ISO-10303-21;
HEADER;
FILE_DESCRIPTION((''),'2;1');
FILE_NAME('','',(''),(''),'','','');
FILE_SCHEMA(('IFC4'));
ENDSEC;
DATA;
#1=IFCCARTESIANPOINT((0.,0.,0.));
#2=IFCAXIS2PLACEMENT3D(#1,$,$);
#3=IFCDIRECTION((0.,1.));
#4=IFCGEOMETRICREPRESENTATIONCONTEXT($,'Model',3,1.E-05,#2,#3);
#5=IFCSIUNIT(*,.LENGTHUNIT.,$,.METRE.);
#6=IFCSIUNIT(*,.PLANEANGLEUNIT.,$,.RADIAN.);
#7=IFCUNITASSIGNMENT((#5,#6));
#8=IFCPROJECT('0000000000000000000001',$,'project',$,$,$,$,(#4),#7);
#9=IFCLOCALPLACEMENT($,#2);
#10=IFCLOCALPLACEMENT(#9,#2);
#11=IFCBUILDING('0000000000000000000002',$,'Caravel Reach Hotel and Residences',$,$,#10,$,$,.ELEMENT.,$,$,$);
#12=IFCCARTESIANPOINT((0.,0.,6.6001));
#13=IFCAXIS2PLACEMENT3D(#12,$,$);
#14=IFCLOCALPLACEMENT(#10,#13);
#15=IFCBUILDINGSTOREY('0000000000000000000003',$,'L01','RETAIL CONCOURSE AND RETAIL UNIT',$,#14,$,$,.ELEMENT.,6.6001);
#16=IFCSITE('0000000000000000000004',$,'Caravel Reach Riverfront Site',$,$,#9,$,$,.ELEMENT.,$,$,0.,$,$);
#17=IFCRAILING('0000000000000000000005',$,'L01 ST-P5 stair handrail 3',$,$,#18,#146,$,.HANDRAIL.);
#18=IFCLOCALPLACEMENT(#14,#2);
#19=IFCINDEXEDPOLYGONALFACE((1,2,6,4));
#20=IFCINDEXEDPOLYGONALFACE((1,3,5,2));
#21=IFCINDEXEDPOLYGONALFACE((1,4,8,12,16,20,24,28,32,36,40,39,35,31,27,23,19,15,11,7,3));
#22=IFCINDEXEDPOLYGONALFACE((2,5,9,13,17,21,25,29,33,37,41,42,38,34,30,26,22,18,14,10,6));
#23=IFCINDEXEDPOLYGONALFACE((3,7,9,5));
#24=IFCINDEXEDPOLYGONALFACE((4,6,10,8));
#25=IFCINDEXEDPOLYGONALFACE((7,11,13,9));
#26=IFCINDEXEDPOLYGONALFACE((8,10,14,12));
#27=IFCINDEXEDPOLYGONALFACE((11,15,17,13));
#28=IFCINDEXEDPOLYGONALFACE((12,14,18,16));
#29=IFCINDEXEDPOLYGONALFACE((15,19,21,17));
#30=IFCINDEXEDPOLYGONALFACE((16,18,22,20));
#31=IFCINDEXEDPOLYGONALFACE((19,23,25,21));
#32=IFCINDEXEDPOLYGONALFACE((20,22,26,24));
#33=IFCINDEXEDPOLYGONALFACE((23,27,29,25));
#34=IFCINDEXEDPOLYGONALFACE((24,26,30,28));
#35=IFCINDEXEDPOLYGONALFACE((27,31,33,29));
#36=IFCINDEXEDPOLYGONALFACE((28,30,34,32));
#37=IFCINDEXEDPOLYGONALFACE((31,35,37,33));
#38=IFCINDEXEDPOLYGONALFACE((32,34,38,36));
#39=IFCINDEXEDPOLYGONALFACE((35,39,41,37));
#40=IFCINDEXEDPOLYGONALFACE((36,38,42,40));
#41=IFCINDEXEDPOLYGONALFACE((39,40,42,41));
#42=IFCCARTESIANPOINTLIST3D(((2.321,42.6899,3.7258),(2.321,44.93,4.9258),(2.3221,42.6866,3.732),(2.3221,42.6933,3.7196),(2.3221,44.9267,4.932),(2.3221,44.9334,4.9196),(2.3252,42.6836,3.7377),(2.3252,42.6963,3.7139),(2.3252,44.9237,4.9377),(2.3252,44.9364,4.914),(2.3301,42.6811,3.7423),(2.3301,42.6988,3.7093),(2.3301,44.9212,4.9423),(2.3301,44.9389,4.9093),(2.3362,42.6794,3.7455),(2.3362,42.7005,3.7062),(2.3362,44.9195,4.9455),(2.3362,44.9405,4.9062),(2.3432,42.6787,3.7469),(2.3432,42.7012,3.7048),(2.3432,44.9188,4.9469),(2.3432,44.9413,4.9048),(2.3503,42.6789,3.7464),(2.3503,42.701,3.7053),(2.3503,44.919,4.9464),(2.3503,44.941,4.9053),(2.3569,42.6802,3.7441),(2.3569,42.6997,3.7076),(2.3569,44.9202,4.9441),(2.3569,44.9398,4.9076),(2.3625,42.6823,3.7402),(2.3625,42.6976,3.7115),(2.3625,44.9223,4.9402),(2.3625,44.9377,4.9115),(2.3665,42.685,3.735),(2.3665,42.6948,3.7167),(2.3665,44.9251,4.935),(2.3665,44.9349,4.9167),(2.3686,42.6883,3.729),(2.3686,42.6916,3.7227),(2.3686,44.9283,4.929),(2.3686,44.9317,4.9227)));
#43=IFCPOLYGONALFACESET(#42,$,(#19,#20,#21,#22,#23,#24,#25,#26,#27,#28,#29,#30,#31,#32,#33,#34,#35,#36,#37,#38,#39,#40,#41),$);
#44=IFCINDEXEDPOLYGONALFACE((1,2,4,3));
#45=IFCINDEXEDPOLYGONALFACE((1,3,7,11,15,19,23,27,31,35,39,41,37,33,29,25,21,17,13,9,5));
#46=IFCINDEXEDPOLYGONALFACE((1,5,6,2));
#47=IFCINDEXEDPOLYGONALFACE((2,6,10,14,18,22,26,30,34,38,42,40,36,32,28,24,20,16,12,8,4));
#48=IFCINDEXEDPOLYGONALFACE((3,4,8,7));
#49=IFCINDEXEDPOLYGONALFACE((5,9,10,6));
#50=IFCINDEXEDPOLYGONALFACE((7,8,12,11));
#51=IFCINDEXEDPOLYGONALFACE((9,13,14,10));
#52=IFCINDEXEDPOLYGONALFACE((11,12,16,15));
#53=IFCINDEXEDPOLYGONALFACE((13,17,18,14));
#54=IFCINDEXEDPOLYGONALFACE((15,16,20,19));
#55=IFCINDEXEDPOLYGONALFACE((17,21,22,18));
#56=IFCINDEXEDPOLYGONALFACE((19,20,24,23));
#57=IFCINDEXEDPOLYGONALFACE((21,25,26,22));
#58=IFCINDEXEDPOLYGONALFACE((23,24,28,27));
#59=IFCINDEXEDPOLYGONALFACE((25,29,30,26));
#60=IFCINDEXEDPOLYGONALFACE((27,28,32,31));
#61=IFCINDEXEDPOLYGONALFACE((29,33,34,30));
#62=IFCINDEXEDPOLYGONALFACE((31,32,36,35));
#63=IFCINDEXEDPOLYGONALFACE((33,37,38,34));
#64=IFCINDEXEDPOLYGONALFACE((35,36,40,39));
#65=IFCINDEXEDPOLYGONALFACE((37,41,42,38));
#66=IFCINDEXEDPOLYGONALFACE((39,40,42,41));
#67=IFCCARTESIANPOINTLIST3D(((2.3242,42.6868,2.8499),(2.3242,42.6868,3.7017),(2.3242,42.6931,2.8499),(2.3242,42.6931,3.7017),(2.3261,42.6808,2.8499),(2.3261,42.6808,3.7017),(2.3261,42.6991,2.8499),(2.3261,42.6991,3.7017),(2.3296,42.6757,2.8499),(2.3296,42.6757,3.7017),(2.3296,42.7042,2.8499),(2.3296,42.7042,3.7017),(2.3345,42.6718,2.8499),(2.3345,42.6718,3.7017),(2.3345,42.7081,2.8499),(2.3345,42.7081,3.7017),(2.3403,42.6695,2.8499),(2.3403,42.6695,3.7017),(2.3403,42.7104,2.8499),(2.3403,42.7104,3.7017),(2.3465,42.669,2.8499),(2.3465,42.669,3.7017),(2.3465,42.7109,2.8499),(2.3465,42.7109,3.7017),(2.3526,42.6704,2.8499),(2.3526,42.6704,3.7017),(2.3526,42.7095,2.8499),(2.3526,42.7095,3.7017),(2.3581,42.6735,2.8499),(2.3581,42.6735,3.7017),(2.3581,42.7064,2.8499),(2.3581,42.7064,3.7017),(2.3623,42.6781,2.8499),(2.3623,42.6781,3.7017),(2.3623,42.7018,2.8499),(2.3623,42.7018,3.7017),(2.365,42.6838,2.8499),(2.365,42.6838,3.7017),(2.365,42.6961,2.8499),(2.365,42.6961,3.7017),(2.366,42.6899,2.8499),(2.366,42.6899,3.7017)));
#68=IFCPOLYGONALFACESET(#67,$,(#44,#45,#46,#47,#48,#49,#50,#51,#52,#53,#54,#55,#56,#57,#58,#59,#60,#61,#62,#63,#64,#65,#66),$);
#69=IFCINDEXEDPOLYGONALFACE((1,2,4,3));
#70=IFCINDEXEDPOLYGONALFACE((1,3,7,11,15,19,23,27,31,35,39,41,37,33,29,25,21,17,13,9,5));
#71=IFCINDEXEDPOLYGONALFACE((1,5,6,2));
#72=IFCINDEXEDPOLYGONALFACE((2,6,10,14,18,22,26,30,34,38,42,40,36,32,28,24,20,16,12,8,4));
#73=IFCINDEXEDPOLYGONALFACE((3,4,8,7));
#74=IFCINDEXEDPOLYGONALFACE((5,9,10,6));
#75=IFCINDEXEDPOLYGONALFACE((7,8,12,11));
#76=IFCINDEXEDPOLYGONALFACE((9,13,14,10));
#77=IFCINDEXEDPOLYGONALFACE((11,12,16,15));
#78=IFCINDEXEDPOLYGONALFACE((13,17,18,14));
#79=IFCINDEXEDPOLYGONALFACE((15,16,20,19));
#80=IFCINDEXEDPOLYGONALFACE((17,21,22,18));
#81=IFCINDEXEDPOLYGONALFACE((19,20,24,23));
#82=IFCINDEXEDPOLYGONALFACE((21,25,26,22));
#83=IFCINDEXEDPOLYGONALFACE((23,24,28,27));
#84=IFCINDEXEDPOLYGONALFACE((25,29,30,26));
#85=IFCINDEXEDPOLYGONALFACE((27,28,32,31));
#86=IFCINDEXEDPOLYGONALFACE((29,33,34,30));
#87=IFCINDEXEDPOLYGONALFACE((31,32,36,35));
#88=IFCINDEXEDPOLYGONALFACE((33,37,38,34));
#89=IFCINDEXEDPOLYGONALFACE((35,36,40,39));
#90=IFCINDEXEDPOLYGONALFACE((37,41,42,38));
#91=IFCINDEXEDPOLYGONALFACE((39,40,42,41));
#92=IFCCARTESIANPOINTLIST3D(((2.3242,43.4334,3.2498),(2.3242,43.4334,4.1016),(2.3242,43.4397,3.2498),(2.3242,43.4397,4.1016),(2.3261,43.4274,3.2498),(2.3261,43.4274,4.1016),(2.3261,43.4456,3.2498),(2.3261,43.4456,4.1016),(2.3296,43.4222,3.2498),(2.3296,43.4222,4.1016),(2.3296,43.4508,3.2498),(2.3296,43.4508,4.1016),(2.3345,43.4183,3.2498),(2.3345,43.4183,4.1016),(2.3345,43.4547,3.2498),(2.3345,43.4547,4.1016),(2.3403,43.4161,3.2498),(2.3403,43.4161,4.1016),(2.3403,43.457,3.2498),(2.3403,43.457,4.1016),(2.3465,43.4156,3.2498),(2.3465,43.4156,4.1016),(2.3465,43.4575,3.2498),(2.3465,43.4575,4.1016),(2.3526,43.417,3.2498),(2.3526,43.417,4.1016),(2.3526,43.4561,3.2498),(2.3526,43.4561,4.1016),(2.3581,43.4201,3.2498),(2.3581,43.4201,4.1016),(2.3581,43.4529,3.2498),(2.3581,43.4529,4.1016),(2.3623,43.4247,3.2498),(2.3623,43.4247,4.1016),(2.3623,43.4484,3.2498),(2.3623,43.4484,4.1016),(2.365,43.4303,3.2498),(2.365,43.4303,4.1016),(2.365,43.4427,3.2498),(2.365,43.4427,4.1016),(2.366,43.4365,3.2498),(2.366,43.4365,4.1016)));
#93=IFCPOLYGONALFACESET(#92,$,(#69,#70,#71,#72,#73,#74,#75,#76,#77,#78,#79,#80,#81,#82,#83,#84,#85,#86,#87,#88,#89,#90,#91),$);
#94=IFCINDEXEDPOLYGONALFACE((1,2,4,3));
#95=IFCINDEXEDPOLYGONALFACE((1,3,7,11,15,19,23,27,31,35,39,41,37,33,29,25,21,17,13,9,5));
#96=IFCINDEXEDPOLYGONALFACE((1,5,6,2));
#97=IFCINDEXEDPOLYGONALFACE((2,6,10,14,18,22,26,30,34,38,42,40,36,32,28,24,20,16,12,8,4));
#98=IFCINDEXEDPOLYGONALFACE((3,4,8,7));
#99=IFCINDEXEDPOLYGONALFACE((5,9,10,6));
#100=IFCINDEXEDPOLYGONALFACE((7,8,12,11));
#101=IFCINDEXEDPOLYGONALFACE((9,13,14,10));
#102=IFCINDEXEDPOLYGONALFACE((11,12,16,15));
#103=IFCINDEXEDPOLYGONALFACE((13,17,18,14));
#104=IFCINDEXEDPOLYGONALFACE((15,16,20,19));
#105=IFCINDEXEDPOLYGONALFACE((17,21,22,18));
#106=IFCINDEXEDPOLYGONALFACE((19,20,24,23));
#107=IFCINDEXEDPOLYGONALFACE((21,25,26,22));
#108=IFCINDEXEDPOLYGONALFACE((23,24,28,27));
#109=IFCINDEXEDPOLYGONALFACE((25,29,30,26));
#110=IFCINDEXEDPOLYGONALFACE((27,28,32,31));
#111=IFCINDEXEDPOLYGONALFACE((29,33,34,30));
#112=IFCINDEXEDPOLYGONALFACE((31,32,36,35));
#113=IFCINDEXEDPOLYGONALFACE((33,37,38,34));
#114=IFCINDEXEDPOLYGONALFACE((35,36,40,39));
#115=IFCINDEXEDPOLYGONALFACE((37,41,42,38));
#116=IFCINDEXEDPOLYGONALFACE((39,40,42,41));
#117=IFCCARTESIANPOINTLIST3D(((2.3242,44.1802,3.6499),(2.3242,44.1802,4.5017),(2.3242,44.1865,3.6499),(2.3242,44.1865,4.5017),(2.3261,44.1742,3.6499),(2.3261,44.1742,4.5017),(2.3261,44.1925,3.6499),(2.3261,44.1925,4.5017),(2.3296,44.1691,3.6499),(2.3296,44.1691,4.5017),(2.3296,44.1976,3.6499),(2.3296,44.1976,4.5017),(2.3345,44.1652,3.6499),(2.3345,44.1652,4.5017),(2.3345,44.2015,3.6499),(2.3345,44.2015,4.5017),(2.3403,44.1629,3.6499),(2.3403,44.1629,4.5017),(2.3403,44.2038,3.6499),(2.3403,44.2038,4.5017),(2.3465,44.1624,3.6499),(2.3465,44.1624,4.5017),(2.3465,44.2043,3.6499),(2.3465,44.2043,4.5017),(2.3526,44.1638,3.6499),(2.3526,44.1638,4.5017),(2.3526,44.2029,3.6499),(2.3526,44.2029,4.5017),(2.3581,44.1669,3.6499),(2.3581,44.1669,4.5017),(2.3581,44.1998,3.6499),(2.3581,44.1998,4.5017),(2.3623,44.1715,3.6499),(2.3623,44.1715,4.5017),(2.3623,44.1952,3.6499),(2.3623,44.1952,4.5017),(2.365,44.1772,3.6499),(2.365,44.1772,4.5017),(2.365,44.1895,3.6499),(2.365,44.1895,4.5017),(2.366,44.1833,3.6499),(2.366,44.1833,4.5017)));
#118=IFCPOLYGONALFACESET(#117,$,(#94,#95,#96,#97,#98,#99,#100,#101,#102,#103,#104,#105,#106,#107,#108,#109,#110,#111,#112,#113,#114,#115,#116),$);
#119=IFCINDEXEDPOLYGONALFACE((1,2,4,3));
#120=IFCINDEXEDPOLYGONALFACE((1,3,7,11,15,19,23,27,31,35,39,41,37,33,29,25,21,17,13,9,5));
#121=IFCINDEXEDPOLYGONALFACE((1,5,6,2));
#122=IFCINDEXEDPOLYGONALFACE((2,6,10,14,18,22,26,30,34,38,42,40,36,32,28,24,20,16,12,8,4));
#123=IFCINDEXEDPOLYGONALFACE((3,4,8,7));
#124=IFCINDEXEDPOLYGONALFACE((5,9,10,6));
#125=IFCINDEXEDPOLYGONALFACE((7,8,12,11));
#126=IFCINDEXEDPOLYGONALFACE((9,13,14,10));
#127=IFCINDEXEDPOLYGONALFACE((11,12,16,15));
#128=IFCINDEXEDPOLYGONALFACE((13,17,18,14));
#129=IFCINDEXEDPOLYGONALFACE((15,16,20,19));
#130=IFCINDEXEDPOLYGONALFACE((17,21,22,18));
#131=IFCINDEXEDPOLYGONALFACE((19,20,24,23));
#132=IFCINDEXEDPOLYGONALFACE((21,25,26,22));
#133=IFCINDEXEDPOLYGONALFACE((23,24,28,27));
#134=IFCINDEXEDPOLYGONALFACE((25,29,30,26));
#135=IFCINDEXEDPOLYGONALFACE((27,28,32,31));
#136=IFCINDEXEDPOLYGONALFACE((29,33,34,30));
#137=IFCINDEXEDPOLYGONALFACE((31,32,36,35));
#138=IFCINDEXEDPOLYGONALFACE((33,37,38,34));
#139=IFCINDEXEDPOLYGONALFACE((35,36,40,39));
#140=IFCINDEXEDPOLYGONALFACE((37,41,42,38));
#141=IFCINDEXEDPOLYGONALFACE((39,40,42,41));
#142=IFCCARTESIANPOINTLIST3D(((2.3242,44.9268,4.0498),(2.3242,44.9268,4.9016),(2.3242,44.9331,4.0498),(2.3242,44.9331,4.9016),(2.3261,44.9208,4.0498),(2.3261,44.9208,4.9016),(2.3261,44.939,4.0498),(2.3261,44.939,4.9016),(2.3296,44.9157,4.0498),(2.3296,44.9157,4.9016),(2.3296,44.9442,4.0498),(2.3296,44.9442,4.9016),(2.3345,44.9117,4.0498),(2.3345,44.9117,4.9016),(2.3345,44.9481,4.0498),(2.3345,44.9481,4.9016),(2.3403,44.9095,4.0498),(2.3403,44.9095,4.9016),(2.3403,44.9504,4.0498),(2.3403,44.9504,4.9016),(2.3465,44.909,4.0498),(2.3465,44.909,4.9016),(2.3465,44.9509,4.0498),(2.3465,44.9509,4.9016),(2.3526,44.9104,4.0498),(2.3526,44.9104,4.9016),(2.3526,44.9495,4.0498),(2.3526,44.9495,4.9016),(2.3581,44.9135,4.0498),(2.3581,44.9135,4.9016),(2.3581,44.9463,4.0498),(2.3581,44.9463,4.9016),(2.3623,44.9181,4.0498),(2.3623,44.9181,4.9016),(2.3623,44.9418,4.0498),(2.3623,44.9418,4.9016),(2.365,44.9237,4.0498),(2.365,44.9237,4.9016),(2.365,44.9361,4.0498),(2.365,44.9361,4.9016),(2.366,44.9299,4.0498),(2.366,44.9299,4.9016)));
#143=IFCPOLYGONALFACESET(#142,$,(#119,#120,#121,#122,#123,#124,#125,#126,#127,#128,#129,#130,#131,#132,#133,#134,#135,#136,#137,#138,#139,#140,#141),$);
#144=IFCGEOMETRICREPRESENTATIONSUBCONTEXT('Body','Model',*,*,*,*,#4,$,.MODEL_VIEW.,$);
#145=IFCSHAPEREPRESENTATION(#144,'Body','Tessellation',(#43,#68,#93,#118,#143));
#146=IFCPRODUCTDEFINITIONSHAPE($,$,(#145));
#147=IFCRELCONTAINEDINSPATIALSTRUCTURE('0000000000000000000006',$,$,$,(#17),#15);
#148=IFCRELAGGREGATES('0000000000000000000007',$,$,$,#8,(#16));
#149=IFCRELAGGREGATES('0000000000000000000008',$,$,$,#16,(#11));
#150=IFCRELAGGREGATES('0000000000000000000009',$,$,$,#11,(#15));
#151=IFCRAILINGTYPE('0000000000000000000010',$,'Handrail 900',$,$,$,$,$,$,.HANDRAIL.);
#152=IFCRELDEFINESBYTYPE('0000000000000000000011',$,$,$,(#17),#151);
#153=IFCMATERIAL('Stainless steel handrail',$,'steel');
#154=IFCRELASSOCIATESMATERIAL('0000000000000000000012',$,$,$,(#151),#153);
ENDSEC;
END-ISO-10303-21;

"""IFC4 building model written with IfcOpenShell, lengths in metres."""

from ifc_helpers import new_model, si_unit, direction, frame, origin, origin_2d, place, context, subcontext, project, spatial, circle, extrude, material, type_object, element, save


model = new_model("IFC4")

# Units and contexts
model_context = context("Model", 3, precision=1e-05, world=origin(), true_north=direction((0.0, 1.0)))
body_context = subcontext(model_context, "Body", "Model", "MODEL_VIEW")
ifc_project = project(units=[si_unit("LENGTHUNIT", "METRE"), si_unit("PLANEANGLEUNIT", "RADIAN")], contexts=[model_context])

# Site, building, storey
site_placement = place(None, origin())
site = spatial("IfcSite", under=ifc_project, at=site_placement, Name="Caravel Reach Riverfront Site", CompositionType="ELEMENT", RefElevation=0.0)
building_placement = place(site_placement, origin())
building = spatial("IfcBuilding", under=site, at=building_placement, Name="Caravel Reach Hotel and Residences", CompositionType="ELEMENT")
storey_placement = place(building_placement, frame((0.0, 0.0, 6.6001)))
storey = spatial("IfcBuildingStorey", under=building, at=storey_placement, Name="L01", Description="RETAIL CONCOURSE AND RETAIL UNIT", CompositionType="ELEMENT", Elevation=6.6001)

# Railing
ifc_material_1 = material(Name="Stainless steel handrail", Category="steel")
railing_type_1 = type_object("IfcRailingType", Name="Handrail 900", PredefinedType="HANDRAIL", material=ifc_material_1)
railing_1_placement = place(storey_placement, frame((2.345, 42.6899, 2.8499)))
element("IfcRailing", 1, at=railing_1_placement, inside=storey, type_object=railing_type_1, Name="L01 ST-P5 stair handrail 3", PredefinedType="HANDRAIL", context=body_context, shape_type="SweptSolid", body=[
    extrude(circle(Radius=0.0239, at=origin_2d()), frame((0.0, 0.0, 0.876), z_axis=(0.0, 0.881487, 0.472208), x_axis=(-1.0, 0.0, 0.0)), (0.0, 0.0, 1.0), 2.5413),
    extrude(circle(Radius=0.021, at=origin_2d()), origin(), (0.0, 0.0, 1.0), 0.8518),
    extrude(circle(Radius=0.021, at=origin_2d()), frame((0.0, 0.7466, 0.3999)), (0.0, 0.0, 1.0), 0.8518),
    extrude(circle(Radius=0.021, at=origin_2d()), frame((0.0, 1.4934, 0.8)), (0.0, 0.0, 1.0), 0.8518),
    extrude(circle(Radius=0.021, at=origin_2d()), frame((0.0, 2.24, 1.2)), (0.0, 0.0, 1.0), 0.8518),
])

save(model, "model.ifc")
